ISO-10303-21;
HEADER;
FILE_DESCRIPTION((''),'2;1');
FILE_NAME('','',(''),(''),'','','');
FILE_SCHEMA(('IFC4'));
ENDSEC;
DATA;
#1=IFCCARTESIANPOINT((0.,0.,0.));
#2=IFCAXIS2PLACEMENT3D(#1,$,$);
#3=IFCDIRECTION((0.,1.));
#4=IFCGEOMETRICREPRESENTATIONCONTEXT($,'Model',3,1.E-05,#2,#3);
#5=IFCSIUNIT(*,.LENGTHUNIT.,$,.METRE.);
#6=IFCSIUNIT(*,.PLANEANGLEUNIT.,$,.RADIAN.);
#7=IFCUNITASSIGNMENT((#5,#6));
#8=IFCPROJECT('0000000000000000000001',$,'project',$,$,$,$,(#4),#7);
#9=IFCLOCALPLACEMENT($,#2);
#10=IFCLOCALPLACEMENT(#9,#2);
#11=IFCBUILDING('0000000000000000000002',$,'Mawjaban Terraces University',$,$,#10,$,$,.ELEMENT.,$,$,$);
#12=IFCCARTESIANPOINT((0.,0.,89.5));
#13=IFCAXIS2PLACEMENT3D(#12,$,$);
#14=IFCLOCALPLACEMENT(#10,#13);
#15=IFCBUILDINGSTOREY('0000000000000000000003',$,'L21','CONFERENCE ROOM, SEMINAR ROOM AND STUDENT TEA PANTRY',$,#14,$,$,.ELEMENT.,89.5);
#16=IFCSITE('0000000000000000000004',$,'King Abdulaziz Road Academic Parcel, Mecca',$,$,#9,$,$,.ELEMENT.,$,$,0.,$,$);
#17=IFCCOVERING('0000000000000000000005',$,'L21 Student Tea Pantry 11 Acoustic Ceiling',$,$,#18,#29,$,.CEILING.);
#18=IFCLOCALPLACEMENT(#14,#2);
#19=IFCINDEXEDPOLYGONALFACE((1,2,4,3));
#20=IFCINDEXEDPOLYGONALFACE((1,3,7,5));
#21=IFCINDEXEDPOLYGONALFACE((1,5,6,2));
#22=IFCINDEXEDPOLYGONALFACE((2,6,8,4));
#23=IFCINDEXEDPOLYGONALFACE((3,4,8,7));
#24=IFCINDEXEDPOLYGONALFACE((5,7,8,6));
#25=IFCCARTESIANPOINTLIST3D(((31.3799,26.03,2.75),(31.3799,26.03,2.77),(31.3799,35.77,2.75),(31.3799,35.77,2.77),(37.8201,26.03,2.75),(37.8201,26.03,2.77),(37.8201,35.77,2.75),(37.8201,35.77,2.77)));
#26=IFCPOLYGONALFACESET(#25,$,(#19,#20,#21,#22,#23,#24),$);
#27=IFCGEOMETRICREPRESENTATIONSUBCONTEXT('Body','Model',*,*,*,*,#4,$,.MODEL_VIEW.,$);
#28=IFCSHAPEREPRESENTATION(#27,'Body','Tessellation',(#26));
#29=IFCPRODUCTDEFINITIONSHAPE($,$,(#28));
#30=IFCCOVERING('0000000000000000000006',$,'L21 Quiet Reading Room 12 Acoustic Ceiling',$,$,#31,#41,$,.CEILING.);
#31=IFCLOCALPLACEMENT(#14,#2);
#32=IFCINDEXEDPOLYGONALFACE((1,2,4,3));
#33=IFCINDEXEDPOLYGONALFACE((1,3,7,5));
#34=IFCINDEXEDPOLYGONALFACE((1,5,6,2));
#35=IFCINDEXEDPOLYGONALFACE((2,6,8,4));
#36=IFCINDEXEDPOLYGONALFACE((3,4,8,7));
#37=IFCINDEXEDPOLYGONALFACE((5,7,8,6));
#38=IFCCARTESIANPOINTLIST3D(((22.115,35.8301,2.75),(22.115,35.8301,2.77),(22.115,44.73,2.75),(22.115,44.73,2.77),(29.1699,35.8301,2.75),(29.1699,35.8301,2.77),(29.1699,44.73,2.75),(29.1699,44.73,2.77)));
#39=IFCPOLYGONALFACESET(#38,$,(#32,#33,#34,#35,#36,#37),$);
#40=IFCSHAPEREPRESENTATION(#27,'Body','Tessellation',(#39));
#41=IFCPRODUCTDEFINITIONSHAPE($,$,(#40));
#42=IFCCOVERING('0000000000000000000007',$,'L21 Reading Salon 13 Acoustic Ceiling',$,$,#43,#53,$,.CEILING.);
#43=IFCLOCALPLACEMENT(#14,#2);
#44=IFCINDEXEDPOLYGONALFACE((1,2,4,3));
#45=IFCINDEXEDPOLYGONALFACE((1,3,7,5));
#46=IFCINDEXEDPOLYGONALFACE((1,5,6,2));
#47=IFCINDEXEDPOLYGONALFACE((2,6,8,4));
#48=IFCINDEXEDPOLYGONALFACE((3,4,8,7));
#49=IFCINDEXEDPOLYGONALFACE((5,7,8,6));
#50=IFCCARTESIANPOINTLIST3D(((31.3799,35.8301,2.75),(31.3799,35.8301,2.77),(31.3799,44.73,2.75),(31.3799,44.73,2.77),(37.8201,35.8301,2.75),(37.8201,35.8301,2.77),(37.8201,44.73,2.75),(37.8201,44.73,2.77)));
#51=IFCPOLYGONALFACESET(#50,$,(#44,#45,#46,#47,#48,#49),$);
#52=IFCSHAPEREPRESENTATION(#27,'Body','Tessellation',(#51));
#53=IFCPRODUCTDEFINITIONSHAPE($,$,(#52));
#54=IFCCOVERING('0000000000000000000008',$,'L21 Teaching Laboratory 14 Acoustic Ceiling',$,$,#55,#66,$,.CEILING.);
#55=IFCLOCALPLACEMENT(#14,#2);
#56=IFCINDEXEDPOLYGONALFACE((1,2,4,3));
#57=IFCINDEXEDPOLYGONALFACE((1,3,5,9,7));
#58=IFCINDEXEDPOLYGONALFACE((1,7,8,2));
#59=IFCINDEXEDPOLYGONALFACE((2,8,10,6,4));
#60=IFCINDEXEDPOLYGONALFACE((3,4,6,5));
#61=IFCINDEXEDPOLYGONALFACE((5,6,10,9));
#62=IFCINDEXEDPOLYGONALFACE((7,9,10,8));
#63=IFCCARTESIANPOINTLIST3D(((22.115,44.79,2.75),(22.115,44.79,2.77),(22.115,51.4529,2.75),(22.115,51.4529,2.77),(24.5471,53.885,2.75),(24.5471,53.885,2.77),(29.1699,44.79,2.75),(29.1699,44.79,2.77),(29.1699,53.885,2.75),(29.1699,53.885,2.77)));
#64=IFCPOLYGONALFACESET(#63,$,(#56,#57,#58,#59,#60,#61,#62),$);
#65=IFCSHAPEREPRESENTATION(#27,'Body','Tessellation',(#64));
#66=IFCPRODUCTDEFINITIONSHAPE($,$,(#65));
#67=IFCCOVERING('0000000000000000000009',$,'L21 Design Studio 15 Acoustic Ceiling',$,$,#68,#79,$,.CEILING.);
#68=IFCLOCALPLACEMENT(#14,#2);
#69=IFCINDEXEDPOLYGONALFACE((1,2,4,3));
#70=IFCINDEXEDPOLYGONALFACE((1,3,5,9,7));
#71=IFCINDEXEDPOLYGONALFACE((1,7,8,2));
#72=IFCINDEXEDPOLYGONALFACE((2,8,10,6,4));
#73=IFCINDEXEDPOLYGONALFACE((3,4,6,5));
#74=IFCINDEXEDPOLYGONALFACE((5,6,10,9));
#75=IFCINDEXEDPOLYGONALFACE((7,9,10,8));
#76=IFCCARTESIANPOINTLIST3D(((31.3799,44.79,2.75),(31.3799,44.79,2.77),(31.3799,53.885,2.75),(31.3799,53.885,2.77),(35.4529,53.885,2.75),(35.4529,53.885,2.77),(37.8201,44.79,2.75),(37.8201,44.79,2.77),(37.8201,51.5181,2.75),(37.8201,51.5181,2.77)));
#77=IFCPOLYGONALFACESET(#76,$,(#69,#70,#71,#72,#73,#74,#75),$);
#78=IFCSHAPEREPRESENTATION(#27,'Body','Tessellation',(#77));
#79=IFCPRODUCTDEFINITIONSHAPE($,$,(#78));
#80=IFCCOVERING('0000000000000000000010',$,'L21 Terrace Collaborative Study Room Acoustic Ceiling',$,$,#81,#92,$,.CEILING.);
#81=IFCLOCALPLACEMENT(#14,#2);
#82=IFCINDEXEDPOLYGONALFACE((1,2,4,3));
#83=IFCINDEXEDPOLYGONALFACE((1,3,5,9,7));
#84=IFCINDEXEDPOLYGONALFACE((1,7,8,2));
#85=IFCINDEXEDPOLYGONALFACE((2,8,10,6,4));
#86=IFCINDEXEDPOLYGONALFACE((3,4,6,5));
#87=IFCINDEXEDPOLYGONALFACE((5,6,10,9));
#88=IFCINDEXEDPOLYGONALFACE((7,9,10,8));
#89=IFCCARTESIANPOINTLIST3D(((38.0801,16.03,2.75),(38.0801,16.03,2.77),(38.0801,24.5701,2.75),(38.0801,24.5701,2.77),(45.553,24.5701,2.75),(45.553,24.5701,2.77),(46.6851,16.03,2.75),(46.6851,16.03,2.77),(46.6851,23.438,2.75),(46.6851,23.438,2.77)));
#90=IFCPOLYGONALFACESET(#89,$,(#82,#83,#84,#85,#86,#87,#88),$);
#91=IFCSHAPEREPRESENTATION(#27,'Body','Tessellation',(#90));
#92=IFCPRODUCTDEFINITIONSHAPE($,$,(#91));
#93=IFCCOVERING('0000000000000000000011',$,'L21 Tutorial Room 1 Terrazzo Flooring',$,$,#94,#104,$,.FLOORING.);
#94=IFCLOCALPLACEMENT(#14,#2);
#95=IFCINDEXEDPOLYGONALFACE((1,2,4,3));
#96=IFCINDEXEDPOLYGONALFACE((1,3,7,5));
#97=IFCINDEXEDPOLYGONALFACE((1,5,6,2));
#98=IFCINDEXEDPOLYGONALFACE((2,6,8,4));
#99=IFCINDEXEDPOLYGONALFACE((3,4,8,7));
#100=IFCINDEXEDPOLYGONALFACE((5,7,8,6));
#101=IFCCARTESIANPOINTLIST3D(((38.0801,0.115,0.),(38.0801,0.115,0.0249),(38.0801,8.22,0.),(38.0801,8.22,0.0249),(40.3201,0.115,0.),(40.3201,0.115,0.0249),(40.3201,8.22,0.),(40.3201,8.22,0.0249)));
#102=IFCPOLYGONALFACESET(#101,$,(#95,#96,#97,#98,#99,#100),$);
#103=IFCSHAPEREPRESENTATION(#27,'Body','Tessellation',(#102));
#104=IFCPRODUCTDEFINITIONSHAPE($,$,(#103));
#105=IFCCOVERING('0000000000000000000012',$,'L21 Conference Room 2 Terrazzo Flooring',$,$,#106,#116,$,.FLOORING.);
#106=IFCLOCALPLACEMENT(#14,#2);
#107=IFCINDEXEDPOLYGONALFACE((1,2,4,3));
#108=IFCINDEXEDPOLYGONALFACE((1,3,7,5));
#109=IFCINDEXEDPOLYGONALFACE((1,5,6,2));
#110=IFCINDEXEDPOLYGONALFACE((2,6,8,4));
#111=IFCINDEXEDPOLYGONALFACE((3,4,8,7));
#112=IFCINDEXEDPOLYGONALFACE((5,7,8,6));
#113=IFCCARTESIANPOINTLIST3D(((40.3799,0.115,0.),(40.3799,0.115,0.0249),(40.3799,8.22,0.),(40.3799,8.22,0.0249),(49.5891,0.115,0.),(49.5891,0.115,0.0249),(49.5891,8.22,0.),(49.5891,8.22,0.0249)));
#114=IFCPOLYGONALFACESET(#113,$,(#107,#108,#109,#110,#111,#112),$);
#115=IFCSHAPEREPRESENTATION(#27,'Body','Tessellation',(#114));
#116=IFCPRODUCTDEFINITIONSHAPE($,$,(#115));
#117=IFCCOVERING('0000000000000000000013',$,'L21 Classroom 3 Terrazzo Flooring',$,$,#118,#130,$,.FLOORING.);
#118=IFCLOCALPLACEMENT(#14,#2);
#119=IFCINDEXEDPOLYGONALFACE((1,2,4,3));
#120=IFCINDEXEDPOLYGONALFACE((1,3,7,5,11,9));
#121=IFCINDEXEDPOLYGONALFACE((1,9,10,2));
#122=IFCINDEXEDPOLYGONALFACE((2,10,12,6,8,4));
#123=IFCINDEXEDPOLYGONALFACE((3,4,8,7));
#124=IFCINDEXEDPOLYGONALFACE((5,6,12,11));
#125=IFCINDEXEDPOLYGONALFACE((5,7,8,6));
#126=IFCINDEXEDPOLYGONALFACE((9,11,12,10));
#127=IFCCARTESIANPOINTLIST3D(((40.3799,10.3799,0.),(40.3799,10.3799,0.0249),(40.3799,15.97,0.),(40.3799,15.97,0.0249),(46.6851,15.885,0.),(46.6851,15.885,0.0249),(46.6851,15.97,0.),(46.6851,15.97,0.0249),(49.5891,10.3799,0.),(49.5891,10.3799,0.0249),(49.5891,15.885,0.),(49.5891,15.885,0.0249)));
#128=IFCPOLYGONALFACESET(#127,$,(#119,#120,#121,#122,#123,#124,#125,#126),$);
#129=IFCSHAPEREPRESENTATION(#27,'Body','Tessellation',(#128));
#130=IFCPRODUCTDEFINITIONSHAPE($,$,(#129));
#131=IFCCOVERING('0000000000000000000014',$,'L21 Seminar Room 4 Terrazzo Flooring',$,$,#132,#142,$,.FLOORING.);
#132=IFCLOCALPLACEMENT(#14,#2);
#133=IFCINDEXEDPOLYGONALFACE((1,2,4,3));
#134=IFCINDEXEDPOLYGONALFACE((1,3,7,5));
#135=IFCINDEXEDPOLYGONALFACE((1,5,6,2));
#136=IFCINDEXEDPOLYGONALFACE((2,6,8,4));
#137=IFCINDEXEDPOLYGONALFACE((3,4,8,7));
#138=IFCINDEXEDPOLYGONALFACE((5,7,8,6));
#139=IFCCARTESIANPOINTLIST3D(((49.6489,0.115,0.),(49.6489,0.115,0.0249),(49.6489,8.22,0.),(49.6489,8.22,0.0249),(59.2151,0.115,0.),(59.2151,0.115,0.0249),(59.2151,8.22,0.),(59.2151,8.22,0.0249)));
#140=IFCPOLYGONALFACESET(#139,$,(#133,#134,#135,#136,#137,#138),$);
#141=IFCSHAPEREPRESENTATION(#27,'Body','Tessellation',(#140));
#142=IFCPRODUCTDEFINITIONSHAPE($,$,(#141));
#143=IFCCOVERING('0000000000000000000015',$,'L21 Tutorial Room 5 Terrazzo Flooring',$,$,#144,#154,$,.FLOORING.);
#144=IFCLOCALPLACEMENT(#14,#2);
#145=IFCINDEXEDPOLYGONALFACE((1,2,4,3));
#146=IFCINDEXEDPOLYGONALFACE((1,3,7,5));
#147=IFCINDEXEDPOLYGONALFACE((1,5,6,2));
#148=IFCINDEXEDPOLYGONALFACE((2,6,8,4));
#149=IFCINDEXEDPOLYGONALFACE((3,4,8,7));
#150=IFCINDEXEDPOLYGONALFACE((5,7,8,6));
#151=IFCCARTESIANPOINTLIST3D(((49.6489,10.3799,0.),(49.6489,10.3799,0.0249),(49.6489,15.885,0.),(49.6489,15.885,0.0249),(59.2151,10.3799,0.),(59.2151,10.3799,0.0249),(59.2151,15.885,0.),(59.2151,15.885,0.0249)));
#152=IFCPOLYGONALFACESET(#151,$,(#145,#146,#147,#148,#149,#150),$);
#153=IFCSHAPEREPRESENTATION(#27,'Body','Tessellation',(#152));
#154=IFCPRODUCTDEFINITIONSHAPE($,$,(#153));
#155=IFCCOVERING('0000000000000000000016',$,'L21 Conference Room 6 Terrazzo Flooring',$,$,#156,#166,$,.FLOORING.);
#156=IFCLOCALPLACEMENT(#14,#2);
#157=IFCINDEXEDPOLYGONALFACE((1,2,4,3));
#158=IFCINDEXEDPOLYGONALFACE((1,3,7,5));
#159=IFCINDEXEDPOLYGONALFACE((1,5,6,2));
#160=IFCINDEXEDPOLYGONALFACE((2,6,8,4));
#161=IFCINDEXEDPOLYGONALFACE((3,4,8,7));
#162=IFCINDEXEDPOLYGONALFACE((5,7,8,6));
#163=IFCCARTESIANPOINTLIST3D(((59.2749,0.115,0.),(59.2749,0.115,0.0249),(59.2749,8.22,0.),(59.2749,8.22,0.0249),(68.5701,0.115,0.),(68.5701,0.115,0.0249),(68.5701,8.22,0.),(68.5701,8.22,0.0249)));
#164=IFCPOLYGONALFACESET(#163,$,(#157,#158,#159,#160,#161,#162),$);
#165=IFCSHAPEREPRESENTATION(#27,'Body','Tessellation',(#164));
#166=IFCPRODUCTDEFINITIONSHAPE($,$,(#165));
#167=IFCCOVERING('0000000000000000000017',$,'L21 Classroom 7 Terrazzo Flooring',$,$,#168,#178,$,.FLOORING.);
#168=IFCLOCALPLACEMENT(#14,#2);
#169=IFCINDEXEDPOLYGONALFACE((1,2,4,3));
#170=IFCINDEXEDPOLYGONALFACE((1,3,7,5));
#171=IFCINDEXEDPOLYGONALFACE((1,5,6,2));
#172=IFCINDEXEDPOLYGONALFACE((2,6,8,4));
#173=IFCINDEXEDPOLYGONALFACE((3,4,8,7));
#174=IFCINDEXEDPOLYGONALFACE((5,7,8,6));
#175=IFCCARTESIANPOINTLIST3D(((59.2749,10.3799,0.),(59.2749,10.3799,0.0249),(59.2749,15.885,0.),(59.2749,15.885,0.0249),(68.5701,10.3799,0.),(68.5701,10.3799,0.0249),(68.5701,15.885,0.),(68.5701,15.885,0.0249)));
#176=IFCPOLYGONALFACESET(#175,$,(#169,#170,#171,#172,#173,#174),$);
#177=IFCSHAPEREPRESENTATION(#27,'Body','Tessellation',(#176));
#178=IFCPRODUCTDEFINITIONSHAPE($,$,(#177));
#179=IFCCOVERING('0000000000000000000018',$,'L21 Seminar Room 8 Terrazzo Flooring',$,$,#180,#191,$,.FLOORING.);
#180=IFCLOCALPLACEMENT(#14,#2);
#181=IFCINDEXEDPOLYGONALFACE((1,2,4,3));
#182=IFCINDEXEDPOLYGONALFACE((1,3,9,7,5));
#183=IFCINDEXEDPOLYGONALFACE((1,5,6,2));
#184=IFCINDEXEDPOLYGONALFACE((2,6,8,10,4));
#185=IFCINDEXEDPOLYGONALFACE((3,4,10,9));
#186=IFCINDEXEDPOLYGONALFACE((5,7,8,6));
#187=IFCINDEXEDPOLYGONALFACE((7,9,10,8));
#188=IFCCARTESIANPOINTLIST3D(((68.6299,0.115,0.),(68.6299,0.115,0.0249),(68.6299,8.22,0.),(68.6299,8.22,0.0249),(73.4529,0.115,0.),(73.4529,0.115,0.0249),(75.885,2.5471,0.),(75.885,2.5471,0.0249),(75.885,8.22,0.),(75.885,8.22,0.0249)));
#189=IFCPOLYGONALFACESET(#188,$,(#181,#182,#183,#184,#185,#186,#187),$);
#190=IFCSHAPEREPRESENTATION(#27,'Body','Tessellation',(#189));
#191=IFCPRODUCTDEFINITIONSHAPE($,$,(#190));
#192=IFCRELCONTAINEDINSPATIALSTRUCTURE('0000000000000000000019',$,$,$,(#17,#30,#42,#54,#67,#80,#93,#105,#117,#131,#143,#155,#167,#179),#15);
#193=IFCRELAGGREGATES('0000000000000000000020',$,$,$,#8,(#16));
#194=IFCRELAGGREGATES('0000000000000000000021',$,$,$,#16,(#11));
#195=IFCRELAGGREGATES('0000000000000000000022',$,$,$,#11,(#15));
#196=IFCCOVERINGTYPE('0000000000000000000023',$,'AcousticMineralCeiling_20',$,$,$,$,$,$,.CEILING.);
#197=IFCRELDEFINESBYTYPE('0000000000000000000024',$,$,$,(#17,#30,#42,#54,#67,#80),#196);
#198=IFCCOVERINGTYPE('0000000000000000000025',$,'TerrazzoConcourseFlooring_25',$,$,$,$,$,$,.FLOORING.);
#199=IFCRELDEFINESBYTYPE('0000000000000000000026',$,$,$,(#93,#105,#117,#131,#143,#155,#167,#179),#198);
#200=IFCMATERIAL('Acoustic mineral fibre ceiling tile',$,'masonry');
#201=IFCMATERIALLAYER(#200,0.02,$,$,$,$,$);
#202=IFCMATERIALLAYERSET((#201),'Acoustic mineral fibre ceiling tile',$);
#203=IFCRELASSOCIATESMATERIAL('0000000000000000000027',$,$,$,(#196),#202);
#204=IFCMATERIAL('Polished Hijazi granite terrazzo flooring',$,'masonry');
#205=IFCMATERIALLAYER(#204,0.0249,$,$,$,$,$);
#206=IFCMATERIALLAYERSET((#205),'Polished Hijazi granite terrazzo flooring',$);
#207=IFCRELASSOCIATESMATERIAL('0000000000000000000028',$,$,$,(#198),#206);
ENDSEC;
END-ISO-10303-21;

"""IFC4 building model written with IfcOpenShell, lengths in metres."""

from ifc_helpers import new_model, si_unit, direction, frame, origin, place, context, subcontext, project, spatial, polyline, outline, extrude, material, layer, layer_set, type_object, element, save


model = new_model("IFC4")

# Units and contexts
model_context = context("Model", 3, precision=1e-05, world=origin(), true_north=direction((0.0, 1.0)))
body_context = subcontext(model_context, "Body", "Model", "MODEL_VIEW")
ifc_project = project(units=[si_unit("LENGTHUNIT", "METRE"), si_unit("PLANEANGLEUNIT", "RADIAN")], contexts=[model_context])

# Site, building, storey
site_placement = place(None, origin())
site = spatial("IfcSite", under=ifc_project, at=site_placement, Name="King Abdulaziz Road Academic Parcel, Mecca", CompositionType="ELEMENT", RefElevation=0.0)
building_placement = place(site_placement, origin())
building = spatial("IfcBuilding", under=site, at=building_placement, Name="Mawjaban Terraces University", CompositionType="ELEMENT")
storey_placement = place(building_placement, frame((0.0, 0.0, 89.5)))
storey = spatial("IfcBuildingStorey", under=building, at=storey_placement, Name="L21", Description="CONFERENCE ROOM, SEMINAR ROOM AND STUDENT TEA PANTRY", CompositionType="ELEMENT", Elevation=89.5)

# Coverings
ifc_material_1 = material(Name="Acoustic mineral fibre ceiling tile", Category="masonry")
ifc_layer_1 = layer(ifc_material_1, 0.02)
ifc_layer_set_1 = layer_set([ifc_layer_1], Name="Acoustic mineral fibre ceiling tile")
covering_type_1 = type_object("IfcCoveringType", Name="AcousticMineralCeiling_20", PredefinedType="CEILING", material=ifc_layer_set_1)
covering_1_placement = place(storey_placement, frame((0.0, 0.0, 2.75)))
element("IfcCovering", 1, at=covering_1_placement, inside=storey, type_object=covering_type_1, Name="L21 Student Tea Pantry 11 Acoustic Ceiling", PredefinedType="CEILING", context=body_context, shape_type="SweptSolid", body=[
    extrude(outline(polyline([(37.8201, 26.03), (37.8201, 35.77), (31.3799, 35.77), (31.3799, 26.03), (37.8201, 26.03)])), origin(), (0.0, 0.0, 1.0), 0.02),
])
covering_2_placement = place(storey_placement, frame((0.0, 0.0, 2.75)))
element("IfcCovering", 2, at=covering_2_placement, inside=storey, type_object=covering_type_1, Name="L21 Quiet Reading Room 12 Acoustic Ceiling", PredefinedType="CEILING", context=body_context, shape_type="SweptSolid", body=[
    extrude(outline(polyline([(22.115, 44.73), (22.115, 35.8301), (29.1699, 35.8301), (29.1699, 44.73), (22.115, 44.73)])), origin(), (0.0, 0.0, 1.0), 0.02),
])
covering_3_placement = place(storey_placement, frame((0.0, 0.0, 2.75)))
element("IfcCovering", 3, at=covering_3_placement, inside=storey, type_object=covering_type_1, Name="L21 Reading Salon 13 Acoustic Ceiling", PredefinedType="CEILING", context=body_context, shape_type="SweptSolid", body=[
    extrude(outline(polyline([(37.8201, 35.8301), (37.8201, 44.73), (31.3799, 44.73), (31.3799, 35.8301), (37.8201, 35.8301)])), origin(), (0.0, 0.0, 1.0), 0.02),
])
covering_4_placement = place(storey_placement, frame((0.0, 0.0, 2.75)))
element("IfcCovering", 4, at=covering_4_placement, inside=storey, type_object=covering_type_1, Name="L21 Teaching Laboratory 14 Acoustic Ceiling", PredefinedType="CEILING", context=body_context, shape_type="SweptSolid", body=[
    extrude(outline(polyline([(29.1699, 53.885), (24.5471, 53.885), (22.115, 51.4529), (22.115, 44.79), (29.1699, 44.79), (29.1699, 53.885)])), origin(), (0.0, 0.0, 1.0), 0.02),
])
covering_5_placement = place(storey_placement, frame((0.0, 0.0, 2.75)))
element("IfcCovering", 5, at=covering_5_placement, inside=storey, type_object=covering_type_1, Name="L21 Design Studio 15 Acoustic Ceiling", PredefinedType="CEILING", context=body_context, shape_type="SweptSolid", body=[
    extrude(outline(polyline([(37.8201, 51.5181), (35.4529, 53.885), (31.3799, 53.885), (31.3799, 44.79), (37.8201, 44.79), (37.8201, 51.5181)])), origin(), (0.0, 0.0, 1.0), 0.02),
])
covering_6_placement = place(storey_placement, frame((0.0, 0.0, 2.75)))
element("IfcCovering", 6, at=covering_6_placement, inside=storey, type_object=covering_type_1, Name="L21 Terrace Collaborative Study Room Acoustic Ceiling", PredefinedType="CEILING", context=body_context, shape_type="SweptSolid", body=[
    extrude(outline(polyline([(46.6851, 16.03), (46.6851, 23.438), (45.553, 24.5701), (38.0801, 24.5701), (38.0801, 16.03), (46.6851, 16.03)])), origin(), (0.0, 0.0, 1.0), 0.02),
])
ifc_material_2 = material(Name="Polished Hijazi granite terrazzo flooring", Category="masonry")
ifc_layer_2 = layer(ifc_material_2, 0.0249)
ifc_layer_set_2 = layer_set([ifc_layer_2], Name="Polished Hijazi granite terrazzo flooring")
covering_type_2 = type_object("IfcCoveringType", Name="TerrazzoConcourseFlooring_25", PredefinedType="FLOORING", material=ifc_layer_set_2)
covering_7_placement = place(storey_placement, origin())
element("IfcCovering", 7, at=covering_7_placement, inside=storey, type_object=covering_type_2, Name="L21 Tutorial Room 1 Terrazzo Flooring", PredefinedType="FLOORING", context=body_context, shape_type="SweptSolid", body=[
    extrude(outline(polyline([(38.0801, 0.115), (40.3201, 0.115), (40.3201, 8.22), (38.0801, 8.22), (38.0801, 0.115)])), origin(), (0.0, 0.0, 1.0), 0.0249),
])
covering_8_placement = place(storey_placement, origin())
element("IfcCovering", 8, at=covering_8_placement, inside=storey, type_object=covering_type_2, Name="L21 Conference Room 2 Terrazzo Flooring", PredefinedType="FLOORING", context=body_context, shape_type="SweptSolid", body=[
    extrude(outline(polyline([(40.3799, 0.115), (49.5891, 0.115), (49.5891, 8.22), (40.3799, 8.22), (40.3799, 0.115)])), origin(), (0.0, 0.0, 1.0), 0.0249),
])
covering_9_placement = place(storey_placement, origin())
element("IfcCovering", 9, at=covering_9_placement, inside=storey, type_object=covering_type_2, Name="L21 Classroom 3 Terrazzo Flooring", PredefinedType="FLOORING", context=body_context, shape_type="SweptSolid", body=[
    extrude(outline(polyline([(49.5891, 15.885), (46.6851, 15.885), (46.6851, 15.97), (40.3799, 15.97), (40.3799, 10.3799), (49.5891, 10.3799), (49.5891, 15.885)])), origin(), (0.0, 0.0, 1.0), 0.0249),
])
covering_10_placement = place(storey_placement, origin())
element("IfcCovering", 10, at=covering_10_placement, inside=storey, type_object=covering_type_2, Name="L21 Seminar Room 4 Terrazzo Flooring", PredefinedType="FLOORING", context=body_context, shape_type="SweptSolid", body=[
    extrude(outline(polyline([(49.6489, 0.115), (59.2151, 0.115), (59.2151, 8.22), (49.6489, 8.22), (49.6489, 0.115)])), origin(), (0.0, 0.0, 1.0), 0.0249),
])
covering_11_placement = place(storey_placement, origin())
element("IfcCovering", 11, at=covering_11_placement, inside=storey, type_object=covering_type_2, Name="L21 Tutorial Room 5 Terrazzo Flooring", PredefinedType="FLOORING", context=body_context, shape_type="SweptSolid", body=[
    extrude(outline(polyline([(59.2151, 15.885), (49.6489, 15.885), (49.6489, 10.3799), (59.2151, 10.3799), (59.2151, 15.885)])), origin(), (0.0, 0.0, 1.0), 0.0249),
])
covering_12_placement = place(storey_placement, origin())
element("IfcCovering", 12, at=covering_12_placement, inside=storey, type_object=covering_type_2, Name="L21 Conference Room 6 Terrazzo Flooring", PredefinedType="FLOORING", context=body_context, shape_type="SweptSolid", body=[
    extrude(outline(polyline([(59.2749, 0.115), (68.5701, 0.115), (68.5701, 8.22), (59.2749, 8.22), (59.2749, 0.115)])), origin(), (0.0, 0.0, 1.0), 0.0249),
])
covering_13_placement = place(storey_placement, origin())
element("IfcCovering", 13, at=covering_13_placement, inside=storey, type_object=covering_type_2, Name="L21 Classroom 7 Terrazzo Flooring", PredefinedType="FLOORING", context=body_context, shape_type="SweptSolid", body=[
    extrude(outline(polyline([(68.5701, 15.885), (59.2749, 15.885), (59.2749, 10.3799), (68.5701, 10.3799), (68.5701, 15.885)])), origin(), (0.0, 0.0, 1.0), 0.0249),
])
covering_14_placement = place(storey_placement, origin())
element("IfcCovering", 14, at=covering_14_placement, inside=storey, type_object=covering_type_2, Name="L21 Seminar Room 8 Terrazzo Flooring", PredefinedType="FLOORING", context=body_context, shape_type="SweptSolid", body=[
    extrude(outline(polyline([(68.6299, 0.115), (73.4529, 0.115), (75.885, 2.5471), (75.885, 8.22), (68.6299, 8.22), (68.6299, 0.115)])), origin(), (0.0, 0.0, 1.0), 0.0249),
])

save(model, "model.ifc")
